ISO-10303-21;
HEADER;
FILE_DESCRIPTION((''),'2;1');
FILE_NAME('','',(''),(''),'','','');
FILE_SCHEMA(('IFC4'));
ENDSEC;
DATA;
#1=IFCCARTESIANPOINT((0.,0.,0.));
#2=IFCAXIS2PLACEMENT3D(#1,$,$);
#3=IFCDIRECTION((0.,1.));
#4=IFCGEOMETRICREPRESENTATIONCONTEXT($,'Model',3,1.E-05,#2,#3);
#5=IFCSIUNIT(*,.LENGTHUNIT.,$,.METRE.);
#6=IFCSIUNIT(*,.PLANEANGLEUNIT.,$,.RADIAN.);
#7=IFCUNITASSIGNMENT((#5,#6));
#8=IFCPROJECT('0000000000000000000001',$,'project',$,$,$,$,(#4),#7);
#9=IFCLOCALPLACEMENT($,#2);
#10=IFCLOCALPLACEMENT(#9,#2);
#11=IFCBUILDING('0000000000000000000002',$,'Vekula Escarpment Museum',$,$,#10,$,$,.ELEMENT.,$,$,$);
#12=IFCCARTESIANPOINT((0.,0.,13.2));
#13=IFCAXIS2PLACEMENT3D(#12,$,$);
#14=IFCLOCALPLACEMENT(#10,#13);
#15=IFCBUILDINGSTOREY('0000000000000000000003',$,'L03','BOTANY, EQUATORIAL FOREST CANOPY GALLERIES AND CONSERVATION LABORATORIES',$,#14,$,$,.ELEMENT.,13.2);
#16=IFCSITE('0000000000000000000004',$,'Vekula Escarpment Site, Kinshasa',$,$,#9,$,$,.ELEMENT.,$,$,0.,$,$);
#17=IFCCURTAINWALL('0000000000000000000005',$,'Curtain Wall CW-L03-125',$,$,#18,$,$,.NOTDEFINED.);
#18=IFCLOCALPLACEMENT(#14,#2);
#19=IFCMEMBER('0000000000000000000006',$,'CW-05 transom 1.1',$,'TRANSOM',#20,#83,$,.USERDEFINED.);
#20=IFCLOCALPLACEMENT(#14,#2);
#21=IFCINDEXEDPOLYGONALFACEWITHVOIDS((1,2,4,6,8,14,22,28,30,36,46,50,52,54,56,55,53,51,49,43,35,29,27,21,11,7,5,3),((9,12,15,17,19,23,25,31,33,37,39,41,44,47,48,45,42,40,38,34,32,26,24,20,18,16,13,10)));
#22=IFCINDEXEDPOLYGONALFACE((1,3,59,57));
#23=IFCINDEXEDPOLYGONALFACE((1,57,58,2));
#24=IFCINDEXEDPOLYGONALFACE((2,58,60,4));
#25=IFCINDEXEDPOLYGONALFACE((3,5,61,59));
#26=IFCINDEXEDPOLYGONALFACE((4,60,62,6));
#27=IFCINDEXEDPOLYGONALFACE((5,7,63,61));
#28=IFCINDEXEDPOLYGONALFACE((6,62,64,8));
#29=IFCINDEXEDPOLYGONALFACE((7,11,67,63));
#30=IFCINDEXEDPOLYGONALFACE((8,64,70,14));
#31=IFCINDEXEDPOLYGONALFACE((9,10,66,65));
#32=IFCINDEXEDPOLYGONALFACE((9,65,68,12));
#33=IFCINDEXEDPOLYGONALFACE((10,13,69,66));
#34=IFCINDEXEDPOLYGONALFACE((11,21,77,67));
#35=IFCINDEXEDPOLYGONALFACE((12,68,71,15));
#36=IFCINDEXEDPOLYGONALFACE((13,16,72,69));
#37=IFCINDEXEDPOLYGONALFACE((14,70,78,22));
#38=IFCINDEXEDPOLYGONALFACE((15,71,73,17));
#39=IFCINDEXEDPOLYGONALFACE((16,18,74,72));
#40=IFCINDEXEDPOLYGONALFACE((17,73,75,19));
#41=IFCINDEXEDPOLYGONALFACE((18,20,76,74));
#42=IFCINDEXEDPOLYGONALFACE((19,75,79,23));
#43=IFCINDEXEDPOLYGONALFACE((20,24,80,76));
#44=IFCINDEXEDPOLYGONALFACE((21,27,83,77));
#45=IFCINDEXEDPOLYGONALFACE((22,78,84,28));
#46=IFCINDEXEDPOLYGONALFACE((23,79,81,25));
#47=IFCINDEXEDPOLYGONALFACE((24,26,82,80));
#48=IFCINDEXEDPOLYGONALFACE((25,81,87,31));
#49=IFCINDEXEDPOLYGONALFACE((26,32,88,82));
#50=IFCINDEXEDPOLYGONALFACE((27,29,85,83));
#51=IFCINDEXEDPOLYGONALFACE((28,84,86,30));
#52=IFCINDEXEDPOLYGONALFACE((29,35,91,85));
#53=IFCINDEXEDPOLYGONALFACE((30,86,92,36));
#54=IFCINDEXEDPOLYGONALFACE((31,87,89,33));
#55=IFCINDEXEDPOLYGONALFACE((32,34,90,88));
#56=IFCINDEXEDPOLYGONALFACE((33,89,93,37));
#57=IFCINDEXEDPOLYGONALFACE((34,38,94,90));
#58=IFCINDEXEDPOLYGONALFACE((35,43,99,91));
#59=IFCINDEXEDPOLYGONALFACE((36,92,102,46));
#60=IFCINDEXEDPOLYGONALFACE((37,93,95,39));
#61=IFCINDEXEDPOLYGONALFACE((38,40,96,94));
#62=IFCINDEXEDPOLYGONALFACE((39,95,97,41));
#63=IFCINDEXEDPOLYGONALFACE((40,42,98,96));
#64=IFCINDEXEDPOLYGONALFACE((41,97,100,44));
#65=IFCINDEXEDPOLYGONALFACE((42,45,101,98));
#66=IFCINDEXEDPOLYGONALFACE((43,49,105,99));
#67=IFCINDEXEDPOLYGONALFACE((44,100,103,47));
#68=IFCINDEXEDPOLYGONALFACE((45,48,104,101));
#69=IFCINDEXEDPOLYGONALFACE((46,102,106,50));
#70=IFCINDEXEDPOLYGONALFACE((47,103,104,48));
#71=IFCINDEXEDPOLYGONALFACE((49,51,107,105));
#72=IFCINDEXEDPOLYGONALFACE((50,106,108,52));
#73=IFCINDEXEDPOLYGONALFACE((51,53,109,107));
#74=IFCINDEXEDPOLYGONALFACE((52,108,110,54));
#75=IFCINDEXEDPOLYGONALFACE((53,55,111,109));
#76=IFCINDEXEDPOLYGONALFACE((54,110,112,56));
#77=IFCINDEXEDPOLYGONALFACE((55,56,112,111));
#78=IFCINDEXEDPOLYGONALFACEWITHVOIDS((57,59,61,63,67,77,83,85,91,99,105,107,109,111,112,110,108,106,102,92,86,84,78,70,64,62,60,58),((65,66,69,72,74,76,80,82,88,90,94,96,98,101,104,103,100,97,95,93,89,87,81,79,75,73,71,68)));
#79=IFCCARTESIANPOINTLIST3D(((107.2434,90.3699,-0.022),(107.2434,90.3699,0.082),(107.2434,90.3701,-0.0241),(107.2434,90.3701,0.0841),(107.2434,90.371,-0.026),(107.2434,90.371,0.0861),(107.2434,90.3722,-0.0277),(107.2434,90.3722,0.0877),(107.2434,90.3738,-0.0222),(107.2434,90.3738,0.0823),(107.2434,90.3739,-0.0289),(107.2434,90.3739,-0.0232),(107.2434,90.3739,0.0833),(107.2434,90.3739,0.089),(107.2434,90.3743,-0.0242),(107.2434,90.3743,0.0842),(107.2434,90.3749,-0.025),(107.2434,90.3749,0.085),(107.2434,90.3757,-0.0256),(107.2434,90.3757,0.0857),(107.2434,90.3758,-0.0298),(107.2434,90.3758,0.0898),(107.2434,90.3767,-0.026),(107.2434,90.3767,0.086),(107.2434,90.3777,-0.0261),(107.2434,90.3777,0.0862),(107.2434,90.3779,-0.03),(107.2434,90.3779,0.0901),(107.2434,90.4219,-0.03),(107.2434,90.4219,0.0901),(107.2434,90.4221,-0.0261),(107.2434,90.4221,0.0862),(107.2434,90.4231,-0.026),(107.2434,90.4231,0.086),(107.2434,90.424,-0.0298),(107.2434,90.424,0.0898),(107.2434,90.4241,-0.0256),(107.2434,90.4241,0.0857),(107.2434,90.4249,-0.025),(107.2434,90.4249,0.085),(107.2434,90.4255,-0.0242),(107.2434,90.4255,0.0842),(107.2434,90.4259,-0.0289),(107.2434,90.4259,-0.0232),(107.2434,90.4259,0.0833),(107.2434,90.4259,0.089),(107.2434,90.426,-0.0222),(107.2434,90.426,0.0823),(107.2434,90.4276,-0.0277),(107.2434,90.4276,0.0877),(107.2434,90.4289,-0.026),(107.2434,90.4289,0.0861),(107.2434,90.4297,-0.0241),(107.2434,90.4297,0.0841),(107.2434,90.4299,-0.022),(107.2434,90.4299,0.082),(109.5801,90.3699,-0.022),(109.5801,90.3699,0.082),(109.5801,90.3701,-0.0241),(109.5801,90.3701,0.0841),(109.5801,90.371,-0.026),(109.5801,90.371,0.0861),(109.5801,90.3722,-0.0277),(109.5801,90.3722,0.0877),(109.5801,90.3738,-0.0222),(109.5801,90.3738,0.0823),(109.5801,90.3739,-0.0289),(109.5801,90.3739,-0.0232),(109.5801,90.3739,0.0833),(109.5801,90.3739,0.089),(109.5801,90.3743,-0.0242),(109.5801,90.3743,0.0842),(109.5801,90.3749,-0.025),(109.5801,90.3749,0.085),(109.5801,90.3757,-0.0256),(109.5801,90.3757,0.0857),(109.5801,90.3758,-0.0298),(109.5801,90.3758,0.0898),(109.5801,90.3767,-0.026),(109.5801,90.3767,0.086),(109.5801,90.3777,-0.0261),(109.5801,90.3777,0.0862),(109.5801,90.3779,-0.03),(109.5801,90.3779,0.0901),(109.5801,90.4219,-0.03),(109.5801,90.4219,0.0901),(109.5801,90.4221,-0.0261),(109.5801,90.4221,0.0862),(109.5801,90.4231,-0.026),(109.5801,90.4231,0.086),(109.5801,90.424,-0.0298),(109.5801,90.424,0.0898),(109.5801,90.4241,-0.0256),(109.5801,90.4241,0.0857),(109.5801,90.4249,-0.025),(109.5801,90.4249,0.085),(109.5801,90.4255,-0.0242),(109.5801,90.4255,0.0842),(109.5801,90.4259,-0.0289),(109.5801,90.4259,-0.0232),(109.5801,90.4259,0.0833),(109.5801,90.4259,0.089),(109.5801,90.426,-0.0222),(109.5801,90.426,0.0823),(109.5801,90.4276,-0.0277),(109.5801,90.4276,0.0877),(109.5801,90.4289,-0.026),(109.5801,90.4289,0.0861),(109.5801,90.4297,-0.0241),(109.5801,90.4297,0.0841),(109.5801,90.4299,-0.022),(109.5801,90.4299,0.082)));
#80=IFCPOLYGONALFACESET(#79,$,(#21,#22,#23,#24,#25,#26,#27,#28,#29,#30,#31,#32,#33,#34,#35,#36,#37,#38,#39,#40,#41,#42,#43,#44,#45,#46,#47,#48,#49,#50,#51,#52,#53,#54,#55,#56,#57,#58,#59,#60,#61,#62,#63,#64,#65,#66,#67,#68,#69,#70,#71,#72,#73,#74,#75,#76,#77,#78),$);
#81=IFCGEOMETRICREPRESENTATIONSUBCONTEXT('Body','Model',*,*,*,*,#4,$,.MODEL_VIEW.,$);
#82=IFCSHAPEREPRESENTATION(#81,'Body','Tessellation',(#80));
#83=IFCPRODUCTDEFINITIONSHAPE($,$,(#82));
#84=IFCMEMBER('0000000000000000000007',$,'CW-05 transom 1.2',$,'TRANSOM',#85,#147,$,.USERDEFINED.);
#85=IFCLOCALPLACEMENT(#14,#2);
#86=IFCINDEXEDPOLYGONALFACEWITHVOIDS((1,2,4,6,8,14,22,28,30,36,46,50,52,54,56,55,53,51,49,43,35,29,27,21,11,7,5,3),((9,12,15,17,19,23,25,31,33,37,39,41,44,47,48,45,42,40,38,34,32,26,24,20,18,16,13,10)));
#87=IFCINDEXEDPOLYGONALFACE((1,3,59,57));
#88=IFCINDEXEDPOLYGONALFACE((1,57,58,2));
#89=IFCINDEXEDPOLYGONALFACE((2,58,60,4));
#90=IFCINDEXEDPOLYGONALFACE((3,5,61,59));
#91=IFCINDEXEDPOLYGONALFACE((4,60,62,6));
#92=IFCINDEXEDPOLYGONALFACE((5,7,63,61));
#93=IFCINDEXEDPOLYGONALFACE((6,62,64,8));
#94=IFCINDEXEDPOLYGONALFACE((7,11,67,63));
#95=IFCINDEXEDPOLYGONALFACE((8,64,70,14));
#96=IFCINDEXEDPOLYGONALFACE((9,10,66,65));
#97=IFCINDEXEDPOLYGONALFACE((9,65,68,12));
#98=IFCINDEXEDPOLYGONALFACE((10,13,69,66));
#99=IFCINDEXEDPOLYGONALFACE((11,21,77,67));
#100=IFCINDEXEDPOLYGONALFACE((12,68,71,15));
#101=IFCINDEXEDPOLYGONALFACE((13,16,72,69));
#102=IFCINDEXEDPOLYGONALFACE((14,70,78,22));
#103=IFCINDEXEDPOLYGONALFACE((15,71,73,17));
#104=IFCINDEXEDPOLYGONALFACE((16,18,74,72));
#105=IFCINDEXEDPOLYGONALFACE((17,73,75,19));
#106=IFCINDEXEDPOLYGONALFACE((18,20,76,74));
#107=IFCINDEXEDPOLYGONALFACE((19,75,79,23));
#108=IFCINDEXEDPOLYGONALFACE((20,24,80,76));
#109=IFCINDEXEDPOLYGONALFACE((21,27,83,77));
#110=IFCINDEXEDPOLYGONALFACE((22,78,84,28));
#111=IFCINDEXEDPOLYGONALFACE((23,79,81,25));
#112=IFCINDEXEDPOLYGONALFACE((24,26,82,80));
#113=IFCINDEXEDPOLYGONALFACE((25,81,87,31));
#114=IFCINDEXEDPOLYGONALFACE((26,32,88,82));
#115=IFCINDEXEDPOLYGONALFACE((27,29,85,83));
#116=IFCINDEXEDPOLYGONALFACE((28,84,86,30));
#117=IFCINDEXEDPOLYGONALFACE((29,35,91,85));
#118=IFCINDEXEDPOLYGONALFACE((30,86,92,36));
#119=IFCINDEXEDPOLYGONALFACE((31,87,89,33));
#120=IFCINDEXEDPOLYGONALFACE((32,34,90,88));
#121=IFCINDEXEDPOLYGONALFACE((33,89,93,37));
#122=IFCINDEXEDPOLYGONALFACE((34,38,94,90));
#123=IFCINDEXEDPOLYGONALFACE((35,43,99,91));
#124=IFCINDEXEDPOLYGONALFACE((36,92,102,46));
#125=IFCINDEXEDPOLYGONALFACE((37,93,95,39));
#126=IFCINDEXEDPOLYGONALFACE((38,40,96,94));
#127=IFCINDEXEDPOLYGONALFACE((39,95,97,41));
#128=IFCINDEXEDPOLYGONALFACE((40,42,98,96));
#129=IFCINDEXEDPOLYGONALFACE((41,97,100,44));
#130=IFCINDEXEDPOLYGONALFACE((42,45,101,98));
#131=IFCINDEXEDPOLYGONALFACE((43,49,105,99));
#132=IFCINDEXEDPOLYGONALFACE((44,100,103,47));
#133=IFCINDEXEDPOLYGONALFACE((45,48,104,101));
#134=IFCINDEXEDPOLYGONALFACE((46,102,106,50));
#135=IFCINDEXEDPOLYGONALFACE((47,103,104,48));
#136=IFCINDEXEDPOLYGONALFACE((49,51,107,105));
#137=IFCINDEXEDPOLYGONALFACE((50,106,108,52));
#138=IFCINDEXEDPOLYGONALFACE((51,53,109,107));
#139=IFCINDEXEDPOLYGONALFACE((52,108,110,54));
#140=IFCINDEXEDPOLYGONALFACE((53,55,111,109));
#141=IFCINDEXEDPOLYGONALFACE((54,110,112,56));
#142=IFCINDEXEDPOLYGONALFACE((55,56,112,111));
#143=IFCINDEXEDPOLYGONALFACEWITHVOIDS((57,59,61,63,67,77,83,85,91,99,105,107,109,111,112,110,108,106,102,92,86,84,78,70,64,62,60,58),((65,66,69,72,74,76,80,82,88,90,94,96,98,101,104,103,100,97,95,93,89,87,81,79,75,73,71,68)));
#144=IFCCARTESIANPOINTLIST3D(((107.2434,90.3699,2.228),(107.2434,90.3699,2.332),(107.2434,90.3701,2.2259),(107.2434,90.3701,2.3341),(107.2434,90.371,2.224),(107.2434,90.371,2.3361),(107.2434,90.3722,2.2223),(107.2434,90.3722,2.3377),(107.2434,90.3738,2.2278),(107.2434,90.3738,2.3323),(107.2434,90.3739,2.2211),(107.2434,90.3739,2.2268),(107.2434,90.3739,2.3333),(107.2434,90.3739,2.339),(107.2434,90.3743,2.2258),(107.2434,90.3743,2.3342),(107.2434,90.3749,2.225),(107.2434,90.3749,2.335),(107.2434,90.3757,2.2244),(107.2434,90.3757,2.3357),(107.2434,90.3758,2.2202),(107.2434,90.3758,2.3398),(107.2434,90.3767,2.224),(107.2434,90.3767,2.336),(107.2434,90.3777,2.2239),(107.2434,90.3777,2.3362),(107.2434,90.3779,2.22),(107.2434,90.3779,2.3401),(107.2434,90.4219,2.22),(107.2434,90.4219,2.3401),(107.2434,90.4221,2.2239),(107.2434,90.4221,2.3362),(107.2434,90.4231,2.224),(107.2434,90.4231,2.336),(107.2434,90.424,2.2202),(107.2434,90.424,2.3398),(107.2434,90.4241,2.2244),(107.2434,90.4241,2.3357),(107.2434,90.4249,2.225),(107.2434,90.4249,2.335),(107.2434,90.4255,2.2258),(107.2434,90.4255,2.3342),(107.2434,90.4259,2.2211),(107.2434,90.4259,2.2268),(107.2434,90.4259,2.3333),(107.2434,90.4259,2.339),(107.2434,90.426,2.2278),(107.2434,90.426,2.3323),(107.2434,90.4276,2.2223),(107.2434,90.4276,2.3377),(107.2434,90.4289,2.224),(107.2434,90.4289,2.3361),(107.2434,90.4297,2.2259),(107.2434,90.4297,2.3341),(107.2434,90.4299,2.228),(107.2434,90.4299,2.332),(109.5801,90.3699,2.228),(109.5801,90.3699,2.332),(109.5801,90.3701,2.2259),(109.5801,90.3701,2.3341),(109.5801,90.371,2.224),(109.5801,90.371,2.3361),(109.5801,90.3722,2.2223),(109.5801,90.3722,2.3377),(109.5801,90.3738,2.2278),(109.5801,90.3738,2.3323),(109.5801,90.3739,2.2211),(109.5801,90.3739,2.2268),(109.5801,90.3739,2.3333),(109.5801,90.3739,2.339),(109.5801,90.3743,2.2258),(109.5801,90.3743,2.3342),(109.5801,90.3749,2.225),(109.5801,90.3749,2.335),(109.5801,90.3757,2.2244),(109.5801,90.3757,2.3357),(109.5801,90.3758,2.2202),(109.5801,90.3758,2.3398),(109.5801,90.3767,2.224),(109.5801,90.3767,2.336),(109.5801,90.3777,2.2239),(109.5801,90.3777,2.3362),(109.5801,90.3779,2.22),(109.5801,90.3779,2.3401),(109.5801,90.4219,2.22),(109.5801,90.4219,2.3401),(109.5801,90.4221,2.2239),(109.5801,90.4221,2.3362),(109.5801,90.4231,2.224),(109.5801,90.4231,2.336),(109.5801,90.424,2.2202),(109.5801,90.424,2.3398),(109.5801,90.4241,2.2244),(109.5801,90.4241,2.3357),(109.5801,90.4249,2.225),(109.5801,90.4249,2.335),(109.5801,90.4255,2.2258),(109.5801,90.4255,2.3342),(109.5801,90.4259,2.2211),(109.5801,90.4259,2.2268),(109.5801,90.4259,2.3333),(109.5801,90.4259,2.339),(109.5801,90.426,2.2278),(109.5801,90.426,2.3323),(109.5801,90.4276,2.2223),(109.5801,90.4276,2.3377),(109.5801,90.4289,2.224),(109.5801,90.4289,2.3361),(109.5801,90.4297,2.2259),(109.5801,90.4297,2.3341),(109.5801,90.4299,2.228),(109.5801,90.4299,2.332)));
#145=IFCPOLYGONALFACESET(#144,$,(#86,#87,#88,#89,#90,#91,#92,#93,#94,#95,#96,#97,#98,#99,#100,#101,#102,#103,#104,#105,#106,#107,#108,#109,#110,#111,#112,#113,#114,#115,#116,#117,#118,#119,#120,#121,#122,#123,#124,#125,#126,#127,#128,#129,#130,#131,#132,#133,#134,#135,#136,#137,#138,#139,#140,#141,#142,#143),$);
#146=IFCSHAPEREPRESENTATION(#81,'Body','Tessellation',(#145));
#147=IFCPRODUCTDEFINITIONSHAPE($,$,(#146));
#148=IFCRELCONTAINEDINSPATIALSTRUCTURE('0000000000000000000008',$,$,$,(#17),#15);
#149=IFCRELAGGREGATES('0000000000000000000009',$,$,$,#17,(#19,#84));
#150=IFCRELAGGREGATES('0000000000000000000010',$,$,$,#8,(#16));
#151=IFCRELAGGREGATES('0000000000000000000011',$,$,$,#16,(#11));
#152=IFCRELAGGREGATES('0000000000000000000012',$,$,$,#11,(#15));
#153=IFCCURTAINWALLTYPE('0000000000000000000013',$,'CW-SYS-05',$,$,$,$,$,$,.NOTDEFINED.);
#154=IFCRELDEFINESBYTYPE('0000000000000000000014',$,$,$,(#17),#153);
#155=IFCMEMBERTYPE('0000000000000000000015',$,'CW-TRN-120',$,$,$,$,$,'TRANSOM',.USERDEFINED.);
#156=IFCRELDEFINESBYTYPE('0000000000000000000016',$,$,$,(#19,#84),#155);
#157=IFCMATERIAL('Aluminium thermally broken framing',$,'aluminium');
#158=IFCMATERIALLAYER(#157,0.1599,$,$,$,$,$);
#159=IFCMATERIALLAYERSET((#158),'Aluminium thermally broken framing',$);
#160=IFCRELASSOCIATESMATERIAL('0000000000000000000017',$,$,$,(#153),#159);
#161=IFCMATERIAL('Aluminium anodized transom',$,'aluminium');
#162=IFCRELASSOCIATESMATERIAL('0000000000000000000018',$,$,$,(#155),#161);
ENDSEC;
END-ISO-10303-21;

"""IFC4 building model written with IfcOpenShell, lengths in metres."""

from ifc_helpers import new_model, si_unit, direction, frame, origin, origin_2d, place, context, subcontext, project, spatial, hollow_rectangle, extrude, material, layer, layer_set, material_profile, profile_set, type_object, element, aggregate, save


model = new_model("IFC4")

# Units and contexts
model_context = context("Model", 3, precision=1e-05, world=origin(), true_north=direction((0.0, 1.0)))
body_context = subcontext(model_context, "Body", "Model", "MODEL_VIEW")
ifc_project = project(units=[si_unit("LENGTHUNIT", "METRE"), si_unit("PLANEANGLEUNIT", "RADIAN")], contexts=[model_context])

# Site, building, storey
site_placement = place(None, origin())
site = spatial("IfcSite", under=ifc_project, at=site_placement, Name="Vekula Escarpment Site, Kinshasa", CompositionType="ELEMENT", RefElevation=0.0)
building_placement = place(site_placement, origin())
building = spatial("IfcBuilding", under=site, at=building_placement, Name="Vekula Escarpment Museum", CompositionType="ELEMENT")
storey_placement = place(building_placement, frame((0.0, 0.0, 13.2)))
storey = spatial("IfcBuildingStorey", under=building, at=storey_placement, Name="L03", Description="BOTANY, EQUATORIAL FOREST CANOPY GALLERIES AND CONSERVATION LABORATORIES", CompositionType="ELEMENT", Elevation=13.2)

# Curtain wall
ifc_material_1 = material(Name="Aluminium thermally broken framing", Category="aluminium")
ifc_layer_1 = layer(ifc_material_1, 0.1599)
ifc_layer_set_1 = layer_set([ifc_layer_1], Name="Aluminium thermally broken framing")
curtain_wall_type_1 = type_object("IfcCurtainWallType", Name="CW-SYS-05", PredefinedType="NOTDEFINED", material=ifc_layer_set_1)
curtain_wall_1_placement = place(storey_placement, origin())
curtain_wall_1 = element("IfcCurtainWall", 1, at=curtain_wall_1_placement, inside=storey, type_object=curtain_wall_type_1, Name="Curtain Wall CW-L03-125", PredefinedType="NOTDEFINED")

# Members
ifc_material_2 = material(Name="Aluminium anodized transom", Category="aluminium")
ifc_material_profile_1 = material_profile(ifc_material_2, hollow_rectangle(XDim=0.0601, YDim=0.1201, WallThickness=0.0039, InnerFilletRadius=0.0039, OuterFilletRadius=0.0081, at=origin_2d()), Name="ALU 120x60x4")
ifc_profile_set_1 = profile_set([ifc_material_profile_1], Name="Aluminium anodized transom")
member_type_1 = type_object("IfcMemberType", Name="CW-TRN-120", ElementType="TRANSOM", PredefinedType="USERDEFINED", material=ifc_profile_set_1)
member_1_placement = place(storey_placement, frame((109.5801, 90.3999, 0.03), z_axis=(-1.0, 0.0, 0.0), x_axis=(0.0, -1.0, 0.0)))
member_1 = element("IfcMember", 2, at=member_1_placement, type_object=member_type_1, Name="CW-05 transom 1.1", ObjectType="TRANSOM", PredefinedType="USERDEFINED", context=body_context, shape_type="SweptSolid", body=[
    extrude(hollow_rectangle(XDim=0.0601, YDim=0.1201, WallThickness=0.0039, InnerFilletRadius=0.0039, OuterFilletRadius=0.0081, at=origin_2d()), origin(), (0.0, 0.0, 1.0), 2.3367),
])
member_2_placement = place(storey_placement, frame((109.5801, 90.3999, 2.28), z_axis=(-1.0, 0.0, 0.0), x_axis=(0.0, -1.0, 0.0)))
member_2 = element("IfcMember", 3, at=member_2_placement, type_object=member_type_1, Name="CW-05 transom 1.2", ObjectType="TRANSOM", PredefinedType="USERDEFINED", context=body_context, shape_type="SweptSolid", body=[
    extrude(hollow_rectangle(XDim=0.0601, YDim=0.1201, WallThickness=0.0039, InnerFilletRadius=0.0039, OuterFilletRadius=0.0081, at=origin_2d()), origin(), (0.0, 0.0, 1.0), 2.3367),
])

aggregate(curtain_wall_1, [member_1, member_2])

save(model, "model.ifc")
